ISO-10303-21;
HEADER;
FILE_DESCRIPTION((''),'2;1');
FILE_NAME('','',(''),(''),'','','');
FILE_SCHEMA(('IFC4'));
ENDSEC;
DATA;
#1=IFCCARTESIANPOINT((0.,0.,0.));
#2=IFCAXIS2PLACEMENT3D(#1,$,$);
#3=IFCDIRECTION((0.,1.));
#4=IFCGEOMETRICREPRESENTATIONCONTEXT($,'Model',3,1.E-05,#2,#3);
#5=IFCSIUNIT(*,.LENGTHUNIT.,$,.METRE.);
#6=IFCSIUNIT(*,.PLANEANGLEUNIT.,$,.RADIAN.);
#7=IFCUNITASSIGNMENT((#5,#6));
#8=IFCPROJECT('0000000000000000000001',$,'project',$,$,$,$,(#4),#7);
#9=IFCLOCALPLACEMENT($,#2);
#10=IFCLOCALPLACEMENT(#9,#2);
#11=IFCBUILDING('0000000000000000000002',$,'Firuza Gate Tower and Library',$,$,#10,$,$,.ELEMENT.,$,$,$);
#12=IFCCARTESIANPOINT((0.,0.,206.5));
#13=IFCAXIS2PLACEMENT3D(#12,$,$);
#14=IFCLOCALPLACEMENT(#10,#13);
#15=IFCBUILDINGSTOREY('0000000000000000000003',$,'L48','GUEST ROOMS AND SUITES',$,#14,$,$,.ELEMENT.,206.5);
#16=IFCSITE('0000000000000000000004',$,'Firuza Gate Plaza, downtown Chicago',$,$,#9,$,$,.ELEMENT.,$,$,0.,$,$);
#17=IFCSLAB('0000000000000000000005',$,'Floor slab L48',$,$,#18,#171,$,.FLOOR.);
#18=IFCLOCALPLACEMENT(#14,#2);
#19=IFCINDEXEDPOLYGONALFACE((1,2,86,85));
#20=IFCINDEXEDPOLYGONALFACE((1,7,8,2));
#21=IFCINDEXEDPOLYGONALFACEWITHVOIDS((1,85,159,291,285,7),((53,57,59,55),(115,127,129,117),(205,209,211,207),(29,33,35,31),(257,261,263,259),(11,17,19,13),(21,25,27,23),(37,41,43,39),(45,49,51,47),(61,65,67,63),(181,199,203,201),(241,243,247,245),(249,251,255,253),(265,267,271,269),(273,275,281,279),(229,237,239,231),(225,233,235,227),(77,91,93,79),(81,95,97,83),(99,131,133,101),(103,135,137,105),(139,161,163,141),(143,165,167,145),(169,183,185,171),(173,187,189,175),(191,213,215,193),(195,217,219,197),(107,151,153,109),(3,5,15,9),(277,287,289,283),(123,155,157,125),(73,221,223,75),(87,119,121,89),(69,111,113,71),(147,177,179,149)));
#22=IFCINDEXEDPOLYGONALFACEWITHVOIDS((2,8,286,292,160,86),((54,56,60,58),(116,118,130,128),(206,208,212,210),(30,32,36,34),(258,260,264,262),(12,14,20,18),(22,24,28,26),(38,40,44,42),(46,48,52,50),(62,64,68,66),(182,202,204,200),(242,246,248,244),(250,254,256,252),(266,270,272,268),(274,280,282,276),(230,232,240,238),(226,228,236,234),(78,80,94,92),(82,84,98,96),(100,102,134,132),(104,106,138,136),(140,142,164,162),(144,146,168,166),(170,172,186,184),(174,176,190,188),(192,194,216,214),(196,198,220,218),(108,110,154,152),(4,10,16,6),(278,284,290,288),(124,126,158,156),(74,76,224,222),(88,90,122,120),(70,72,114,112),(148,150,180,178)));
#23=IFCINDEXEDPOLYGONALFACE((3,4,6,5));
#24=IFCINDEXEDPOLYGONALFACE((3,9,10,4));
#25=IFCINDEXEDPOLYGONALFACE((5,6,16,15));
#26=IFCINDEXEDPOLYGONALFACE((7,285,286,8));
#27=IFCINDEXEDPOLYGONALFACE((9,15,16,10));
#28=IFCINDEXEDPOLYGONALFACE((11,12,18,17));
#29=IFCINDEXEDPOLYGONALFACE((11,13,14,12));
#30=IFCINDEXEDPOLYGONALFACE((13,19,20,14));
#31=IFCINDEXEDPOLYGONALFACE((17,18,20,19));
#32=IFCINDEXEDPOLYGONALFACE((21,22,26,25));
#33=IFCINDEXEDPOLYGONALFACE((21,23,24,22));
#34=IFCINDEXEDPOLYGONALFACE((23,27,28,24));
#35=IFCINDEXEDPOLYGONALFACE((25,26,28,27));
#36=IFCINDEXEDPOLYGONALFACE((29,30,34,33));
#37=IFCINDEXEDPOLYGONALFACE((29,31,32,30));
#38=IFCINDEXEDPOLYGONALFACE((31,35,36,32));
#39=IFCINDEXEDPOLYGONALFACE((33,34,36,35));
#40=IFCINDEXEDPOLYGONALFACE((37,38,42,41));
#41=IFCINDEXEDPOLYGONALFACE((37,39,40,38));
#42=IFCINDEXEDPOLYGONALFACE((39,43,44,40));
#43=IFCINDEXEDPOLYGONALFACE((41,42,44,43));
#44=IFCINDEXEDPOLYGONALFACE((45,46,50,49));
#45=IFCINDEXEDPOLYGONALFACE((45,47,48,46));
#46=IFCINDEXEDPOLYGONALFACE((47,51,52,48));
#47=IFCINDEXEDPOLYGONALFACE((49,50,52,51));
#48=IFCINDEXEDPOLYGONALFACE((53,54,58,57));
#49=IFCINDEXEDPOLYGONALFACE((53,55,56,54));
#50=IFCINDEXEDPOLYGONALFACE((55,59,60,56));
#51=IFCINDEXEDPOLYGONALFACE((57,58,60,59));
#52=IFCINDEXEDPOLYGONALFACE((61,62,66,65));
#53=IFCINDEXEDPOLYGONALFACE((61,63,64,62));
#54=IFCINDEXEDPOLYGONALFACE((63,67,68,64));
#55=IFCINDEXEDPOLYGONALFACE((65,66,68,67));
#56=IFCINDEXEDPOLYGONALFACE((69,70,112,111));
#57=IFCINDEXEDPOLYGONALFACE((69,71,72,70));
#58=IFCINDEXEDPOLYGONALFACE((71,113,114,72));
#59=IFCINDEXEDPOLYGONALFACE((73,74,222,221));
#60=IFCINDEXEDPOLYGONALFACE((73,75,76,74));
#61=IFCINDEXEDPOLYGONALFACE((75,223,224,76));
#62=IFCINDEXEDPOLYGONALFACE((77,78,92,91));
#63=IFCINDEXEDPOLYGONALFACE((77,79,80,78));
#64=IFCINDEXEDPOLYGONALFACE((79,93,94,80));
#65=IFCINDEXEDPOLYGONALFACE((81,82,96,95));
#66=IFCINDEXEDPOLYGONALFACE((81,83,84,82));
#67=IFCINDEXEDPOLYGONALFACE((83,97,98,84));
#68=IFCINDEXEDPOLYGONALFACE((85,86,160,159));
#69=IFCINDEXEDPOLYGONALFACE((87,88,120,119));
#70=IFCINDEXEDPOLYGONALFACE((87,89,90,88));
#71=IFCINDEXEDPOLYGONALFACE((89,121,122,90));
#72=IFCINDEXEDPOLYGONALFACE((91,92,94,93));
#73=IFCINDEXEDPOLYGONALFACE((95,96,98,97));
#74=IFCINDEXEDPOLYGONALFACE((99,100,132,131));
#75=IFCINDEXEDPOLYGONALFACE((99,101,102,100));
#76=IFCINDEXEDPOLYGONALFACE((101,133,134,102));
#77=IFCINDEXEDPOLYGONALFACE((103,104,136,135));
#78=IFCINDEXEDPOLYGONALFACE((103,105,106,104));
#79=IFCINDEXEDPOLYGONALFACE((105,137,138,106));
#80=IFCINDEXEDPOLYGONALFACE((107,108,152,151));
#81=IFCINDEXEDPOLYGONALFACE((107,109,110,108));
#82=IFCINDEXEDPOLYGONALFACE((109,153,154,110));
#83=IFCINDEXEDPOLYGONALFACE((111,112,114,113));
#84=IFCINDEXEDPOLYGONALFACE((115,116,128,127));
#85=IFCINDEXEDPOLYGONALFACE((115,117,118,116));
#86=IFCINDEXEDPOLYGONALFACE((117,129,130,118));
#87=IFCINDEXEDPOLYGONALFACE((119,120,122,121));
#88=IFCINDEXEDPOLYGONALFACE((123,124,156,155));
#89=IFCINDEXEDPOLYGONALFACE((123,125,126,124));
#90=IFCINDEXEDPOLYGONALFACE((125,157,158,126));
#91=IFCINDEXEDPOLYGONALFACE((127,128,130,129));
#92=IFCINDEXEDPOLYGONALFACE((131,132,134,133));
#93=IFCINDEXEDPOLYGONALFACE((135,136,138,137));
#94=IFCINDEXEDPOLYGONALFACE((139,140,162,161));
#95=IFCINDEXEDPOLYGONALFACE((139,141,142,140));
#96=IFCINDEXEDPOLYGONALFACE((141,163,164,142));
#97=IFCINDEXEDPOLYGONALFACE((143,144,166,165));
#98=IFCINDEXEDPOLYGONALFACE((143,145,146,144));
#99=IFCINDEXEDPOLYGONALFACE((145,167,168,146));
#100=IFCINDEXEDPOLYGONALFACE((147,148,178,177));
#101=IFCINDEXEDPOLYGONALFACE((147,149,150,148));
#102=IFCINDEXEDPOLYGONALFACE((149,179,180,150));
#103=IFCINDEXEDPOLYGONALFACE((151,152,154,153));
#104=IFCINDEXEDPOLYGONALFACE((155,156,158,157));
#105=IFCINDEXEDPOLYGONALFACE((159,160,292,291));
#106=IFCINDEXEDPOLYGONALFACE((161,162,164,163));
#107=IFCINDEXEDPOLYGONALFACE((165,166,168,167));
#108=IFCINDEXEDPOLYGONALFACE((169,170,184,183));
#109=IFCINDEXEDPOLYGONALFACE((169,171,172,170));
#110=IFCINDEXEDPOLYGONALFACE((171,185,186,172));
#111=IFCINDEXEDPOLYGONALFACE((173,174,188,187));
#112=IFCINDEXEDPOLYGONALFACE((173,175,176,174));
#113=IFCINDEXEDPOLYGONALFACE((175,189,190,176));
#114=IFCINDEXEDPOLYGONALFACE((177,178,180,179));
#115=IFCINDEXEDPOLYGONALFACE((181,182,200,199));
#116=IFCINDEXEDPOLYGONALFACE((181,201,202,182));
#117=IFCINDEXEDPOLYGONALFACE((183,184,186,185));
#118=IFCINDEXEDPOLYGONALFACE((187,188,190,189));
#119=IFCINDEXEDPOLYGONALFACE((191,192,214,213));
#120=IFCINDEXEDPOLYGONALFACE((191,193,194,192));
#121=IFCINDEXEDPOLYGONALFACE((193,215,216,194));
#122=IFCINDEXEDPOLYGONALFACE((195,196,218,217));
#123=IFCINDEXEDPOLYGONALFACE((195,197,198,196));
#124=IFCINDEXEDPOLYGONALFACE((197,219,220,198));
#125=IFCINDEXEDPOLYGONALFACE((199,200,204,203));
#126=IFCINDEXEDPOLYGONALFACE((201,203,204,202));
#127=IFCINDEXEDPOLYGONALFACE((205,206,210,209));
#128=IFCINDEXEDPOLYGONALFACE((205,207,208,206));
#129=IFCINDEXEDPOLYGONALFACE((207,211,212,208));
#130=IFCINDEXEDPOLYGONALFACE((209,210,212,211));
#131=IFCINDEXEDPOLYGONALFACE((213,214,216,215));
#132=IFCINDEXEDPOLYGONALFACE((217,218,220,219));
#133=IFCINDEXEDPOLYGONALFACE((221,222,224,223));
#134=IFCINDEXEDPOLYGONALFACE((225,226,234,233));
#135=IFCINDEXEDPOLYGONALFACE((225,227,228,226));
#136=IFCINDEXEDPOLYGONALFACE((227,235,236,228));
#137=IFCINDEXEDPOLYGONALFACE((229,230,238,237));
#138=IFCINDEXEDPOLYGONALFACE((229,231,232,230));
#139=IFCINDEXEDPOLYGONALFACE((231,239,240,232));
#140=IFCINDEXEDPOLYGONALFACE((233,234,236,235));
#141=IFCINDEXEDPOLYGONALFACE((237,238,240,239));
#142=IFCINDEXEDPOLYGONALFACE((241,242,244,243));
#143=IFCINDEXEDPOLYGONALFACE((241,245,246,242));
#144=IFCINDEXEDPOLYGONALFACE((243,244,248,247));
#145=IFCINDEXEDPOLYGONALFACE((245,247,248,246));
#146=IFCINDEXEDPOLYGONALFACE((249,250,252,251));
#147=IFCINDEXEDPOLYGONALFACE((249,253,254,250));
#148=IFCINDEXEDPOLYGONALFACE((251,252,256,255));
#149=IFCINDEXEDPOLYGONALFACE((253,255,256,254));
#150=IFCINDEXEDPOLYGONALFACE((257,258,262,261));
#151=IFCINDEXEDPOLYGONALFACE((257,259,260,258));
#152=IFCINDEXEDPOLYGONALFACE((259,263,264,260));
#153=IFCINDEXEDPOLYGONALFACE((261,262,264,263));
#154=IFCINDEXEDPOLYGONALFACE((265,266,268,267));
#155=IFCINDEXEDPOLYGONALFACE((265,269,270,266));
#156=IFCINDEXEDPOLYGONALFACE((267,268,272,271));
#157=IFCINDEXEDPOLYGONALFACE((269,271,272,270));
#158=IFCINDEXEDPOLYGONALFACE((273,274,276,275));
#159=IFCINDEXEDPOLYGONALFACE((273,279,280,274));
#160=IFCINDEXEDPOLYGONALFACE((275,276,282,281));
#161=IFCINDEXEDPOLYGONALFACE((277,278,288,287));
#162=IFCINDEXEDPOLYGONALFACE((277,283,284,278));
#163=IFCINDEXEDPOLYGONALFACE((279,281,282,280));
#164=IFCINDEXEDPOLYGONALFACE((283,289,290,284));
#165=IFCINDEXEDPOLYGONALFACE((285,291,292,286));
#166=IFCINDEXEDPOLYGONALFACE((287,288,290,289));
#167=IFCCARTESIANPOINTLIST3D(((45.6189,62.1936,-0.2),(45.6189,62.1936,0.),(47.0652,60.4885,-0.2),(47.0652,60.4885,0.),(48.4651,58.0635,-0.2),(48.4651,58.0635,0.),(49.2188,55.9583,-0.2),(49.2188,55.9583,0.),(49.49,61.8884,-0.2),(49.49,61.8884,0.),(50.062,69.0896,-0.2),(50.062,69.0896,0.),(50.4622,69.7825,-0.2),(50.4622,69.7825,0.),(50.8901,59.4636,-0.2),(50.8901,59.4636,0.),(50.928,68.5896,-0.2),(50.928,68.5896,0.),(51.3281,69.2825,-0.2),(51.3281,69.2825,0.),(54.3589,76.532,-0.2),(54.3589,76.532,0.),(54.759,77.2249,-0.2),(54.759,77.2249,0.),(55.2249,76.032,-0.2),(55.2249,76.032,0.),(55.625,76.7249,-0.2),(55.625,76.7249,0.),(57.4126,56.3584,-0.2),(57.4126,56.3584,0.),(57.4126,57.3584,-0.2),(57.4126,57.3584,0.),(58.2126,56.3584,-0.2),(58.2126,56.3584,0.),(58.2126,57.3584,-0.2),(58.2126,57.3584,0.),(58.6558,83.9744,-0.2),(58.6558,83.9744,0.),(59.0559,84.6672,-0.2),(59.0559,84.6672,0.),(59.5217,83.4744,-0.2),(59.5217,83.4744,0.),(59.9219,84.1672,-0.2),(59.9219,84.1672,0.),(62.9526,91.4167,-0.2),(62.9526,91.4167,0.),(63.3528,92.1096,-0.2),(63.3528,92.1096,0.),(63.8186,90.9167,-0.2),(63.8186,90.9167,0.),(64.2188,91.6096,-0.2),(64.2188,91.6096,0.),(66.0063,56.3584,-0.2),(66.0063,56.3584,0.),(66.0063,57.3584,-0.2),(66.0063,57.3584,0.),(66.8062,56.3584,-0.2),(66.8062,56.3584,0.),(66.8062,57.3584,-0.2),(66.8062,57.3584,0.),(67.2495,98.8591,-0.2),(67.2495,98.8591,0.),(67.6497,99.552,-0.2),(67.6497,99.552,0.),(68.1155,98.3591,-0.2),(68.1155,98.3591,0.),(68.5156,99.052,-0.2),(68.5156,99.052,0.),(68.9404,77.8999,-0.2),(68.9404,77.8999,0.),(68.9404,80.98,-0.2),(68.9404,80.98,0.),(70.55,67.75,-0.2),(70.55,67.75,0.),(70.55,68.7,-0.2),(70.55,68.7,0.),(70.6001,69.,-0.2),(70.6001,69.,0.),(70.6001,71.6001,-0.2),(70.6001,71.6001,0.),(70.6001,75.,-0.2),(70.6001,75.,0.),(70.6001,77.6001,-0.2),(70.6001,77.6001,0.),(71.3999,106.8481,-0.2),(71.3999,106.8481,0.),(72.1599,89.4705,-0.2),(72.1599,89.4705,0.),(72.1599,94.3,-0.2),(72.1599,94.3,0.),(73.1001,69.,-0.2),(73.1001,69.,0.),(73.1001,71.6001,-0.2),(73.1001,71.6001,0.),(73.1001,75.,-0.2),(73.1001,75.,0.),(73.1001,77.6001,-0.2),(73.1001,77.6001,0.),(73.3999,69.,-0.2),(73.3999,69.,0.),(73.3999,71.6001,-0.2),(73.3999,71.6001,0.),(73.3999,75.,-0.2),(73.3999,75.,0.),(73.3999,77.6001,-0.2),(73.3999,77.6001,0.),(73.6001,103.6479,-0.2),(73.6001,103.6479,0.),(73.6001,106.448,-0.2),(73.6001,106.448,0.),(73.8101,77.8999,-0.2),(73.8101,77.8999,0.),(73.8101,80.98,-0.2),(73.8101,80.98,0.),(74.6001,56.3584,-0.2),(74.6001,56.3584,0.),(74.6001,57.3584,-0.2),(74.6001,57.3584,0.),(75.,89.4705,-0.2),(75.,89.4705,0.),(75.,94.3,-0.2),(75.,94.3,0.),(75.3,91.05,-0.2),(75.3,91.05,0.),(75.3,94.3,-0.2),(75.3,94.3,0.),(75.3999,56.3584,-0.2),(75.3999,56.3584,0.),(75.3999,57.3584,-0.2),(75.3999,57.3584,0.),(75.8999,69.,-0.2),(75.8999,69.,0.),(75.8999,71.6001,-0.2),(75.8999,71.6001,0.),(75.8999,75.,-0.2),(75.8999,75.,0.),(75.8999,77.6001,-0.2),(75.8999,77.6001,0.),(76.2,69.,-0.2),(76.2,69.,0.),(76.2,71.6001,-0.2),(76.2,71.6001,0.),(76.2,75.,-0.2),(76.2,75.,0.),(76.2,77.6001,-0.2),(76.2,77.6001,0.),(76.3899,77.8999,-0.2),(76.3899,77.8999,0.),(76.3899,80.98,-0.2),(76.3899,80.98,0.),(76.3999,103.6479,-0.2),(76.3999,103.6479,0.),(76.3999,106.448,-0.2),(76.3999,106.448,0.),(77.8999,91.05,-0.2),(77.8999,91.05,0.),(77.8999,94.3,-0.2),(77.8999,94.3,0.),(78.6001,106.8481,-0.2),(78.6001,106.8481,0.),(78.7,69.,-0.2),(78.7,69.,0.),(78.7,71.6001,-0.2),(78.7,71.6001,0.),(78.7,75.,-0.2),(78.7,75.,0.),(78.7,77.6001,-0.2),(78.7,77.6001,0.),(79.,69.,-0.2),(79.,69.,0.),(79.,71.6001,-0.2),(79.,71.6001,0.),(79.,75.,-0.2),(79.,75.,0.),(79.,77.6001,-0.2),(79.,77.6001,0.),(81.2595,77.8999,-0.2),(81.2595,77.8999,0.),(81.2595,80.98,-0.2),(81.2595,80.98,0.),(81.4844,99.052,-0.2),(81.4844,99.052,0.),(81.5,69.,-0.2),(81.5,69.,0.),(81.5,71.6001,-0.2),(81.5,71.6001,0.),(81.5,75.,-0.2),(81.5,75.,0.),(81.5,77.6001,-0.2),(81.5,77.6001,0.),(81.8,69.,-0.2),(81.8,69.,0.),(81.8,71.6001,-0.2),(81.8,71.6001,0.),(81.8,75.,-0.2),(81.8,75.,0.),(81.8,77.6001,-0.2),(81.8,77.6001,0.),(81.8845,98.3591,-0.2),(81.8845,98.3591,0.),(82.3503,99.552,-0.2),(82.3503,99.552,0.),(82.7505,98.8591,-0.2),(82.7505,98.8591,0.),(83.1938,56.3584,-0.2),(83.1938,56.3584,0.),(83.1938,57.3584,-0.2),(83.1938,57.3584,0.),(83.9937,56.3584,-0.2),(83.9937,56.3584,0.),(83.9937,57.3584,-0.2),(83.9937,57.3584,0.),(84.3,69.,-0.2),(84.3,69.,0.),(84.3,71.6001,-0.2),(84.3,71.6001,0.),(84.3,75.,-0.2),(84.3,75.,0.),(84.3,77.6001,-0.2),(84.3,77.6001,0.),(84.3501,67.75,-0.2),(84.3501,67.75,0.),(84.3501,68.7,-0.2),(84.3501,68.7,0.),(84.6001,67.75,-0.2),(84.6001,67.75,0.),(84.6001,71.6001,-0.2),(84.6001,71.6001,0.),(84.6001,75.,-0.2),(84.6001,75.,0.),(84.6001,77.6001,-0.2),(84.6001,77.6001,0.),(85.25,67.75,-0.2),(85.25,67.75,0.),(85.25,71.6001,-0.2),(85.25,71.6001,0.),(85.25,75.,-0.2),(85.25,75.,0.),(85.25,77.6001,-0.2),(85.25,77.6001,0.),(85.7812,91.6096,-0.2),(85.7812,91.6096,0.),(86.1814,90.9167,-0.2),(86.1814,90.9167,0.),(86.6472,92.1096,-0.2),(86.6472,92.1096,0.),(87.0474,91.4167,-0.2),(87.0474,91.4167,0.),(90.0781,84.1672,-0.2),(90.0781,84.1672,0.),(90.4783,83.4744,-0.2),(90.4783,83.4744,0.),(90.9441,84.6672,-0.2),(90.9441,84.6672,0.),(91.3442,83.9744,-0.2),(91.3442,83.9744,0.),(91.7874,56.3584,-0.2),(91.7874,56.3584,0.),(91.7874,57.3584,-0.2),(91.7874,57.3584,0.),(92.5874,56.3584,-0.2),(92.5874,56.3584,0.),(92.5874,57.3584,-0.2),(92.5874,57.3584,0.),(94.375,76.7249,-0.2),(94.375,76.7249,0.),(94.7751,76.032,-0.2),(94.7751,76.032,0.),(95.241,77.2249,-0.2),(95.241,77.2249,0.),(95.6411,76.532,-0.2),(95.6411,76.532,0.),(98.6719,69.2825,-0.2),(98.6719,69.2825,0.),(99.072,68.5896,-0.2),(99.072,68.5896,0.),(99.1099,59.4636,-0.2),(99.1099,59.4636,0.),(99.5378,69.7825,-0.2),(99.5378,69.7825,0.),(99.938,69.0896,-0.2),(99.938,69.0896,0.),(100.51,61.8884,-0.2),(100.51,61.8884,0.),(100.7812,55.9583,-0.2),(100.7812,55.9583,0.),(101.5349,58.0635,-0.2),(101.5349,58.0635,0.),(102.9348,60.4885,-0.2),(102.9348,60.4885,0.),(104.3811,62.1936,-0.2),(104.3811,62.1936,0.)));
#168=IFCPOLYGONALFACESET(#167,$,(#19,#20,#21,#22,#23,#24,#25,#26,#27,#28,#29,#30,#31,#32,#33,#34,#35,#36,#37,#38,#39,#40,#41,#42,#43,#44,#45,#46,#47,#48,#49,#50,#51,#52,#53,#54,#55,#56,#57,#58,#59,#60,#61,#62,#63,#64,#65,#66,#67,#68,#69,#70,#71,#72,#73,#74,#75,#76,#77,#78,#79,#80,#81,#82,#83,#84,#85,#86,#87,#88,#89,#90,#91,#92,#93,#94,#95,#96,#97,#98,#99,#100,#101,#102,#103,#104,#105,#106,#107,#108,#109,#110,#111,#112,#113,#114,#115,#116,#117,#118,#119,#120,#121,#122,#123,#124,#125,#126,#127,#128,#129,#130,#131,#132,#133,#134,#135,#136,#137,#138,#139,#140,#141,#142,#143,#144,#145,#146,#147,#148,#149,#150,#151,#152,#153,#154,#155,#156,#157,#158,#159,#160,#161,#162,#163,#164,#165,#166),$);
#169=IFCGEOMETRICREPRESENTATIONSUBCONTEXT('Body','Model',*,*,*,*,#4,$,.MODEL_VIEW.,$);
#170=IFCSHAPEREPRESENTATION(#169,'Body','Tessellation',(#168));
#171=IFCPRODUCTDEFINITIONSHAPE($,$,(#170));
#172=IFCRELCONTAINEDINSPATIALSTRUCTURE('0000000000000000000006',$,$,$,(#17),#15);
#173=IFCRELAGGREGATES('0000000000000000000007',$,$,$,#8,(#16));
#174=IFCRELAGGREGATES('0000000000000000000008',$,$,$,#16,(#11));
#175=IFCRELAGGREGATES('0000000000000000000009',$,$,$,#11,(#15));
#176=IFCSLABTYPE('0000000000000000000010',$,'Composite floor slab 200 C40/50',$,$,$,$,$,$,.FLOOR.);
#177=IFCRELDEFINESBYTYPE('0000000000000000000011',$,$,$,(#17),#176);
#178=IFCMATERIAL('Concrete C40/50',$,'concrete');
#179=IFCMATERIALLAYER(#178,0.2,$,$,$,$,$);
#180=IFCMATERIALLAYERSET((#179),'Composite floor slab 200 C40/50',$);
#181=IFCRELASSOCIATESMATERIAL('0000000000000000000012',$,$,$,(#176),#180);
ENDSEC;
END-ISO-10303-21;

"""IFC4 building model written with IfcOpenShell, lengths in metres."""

from ifc_helpers import new_model, si_unit, direction, frame, origin, place, context, subcontext, project, spatial, polyline, outline, extrude, material, layer, layer_set, type_object, element, save


model = new_model("IFC4")

# Units and contexts
model_context = context("Model", 3, precision=1e-05, world=origin(), true_north=direction((0.0, 1.0)))
body_context = subcontext(model_context, "Body", "Model", "MODEL_VIEW")
ifc_project = project(units=[si_unit("LENGTHUNIT", "METRE"), si_unit("PLANEANGLEUNIT", "RADIAN")], contexts=[model_context])

# Site, building, storey
site_placement = place(None, origin())
site = spatial("IfcSite", under=ifc_project, at=site_placement, Name="Firuza Gate Plaza, downtown Chicago", CompositionType="ELEMENT", RefElevation=0.0)
building_placement = place(site_placement, origin())
building = spatial("IfcBuilding", under=site, at=building_placement, Name="Firuza Gate Tower and Library", CompositionType="ELEMENT")
storey_placement = place(building_placement, frame((0.0, 0.0, 206.5)))
storey = spatial("IfcBuildingStorey", under=building, at=storey_placement, Name="L48", Description="GUEST ROOMS AND SUITES", CompositionType="ELEMENT", Elevation=206.5)

# Slab
ifc_material_1 = material(Name="Concrete C40/50", Category="concrete")
ifc_layer_1 = layer(ifc_material_1, 0.2)
ifc_layer_set_1 = layer_set([ifc_layer_1], Name="Composite floor slab 200 C40/50")
slab_type_1 = type_object("IfcSlabType", Name="Composite floor slab 200 C40/50", PredefinedType="FLOOR", material=ifc_layer_set_1)
slab_1_placement = place(storey_placement, frame((0.0, 0.0, -0.2)))
element("IfcSlab", 1, at=slab_1_placement, inside=storey, type_object=slab_type_1, Name="Floor slab L48", PredefinedType="FLOOR", context=body_context, shape_type="SweptSolid", body=[
    extrude(outline(polyline([(45.6189, 62.1936), (49.2188, 55.9583), (100.7812, 55.9583), (104.3811, 62.1936), (78.6001, 106.8481), (71.3999, 106.8481), (45.6189, 62.1936)]), holes=[polyline([(57.4126, 56.3584), (57.4126, 57.3584), (58.2126, 57.3584), (58.2126, 56.3584), (57.4126, 56.3584)]), polyline([(74.6001, 56.3584), (74.6001, 57.3584), (75.3999, 57.3584), (75.3999, 56.3584), (74.6001, 56.3584)]), polyline([(66.0063, 56.3584), (66.0063, 57.3584), (66.8062, 57.3584), (66.8062, 56.3584), (66.0063, 56.3584)]), polyline([(47.0652, 60.4885), (49.49, 61.8884), (50.8901, 59.4636), (48.4651, 58.0635), (47.0652, 60.4885)]), polyline([(84.3501, 67.75), (70.55, 67.75), (70.55, 68.7), (84.3501, 68.7), (84.3501, 67.75)]), polyline([(50.4622, 69.7825), (51.3281, 69.2825), (50.928, 68.5896), (50.062, 69.0896), (50.4622, 69.7825)]), polyline([(73.1001, 69.0), (70.6001, 69.0), (70.6001, 71.6001), (73.1001, 71.6001), (73.1001, 69.0)]), polyline([(75.8999, 69.0), (73.3999, 69.0), (73.3999, 71.6001), (75.8999, 71.6001), (75.8999, 69.0)]), polyline([(73.1001, 75.0), (70.6001, 75.0), (70.6001, 77.6001), (73.1001, 77.6001), (73.1001, 75.0)]), polyline([(75.8999, 75.0), (73.3999, 75.0), (73.3999, 77.6001), (75.8999, 77.6001), (75.8999, 75.0)]), polyline([(54.759, 77.2249), (55.625, 76.7249), (55.2249, 76.032), (54.3589, 76.532), (54.759, 77.2249)]), polyline([(73.8101, 77.8999), (68.9404, 77.8999), (68.9404, 80.98), (73.8101, 80.98), (73.8101, 77.8999)]), polyline([(59.0559, 84.6672), (59.9219, 84.1672), (59.5217, 83.4744), (58.6558, 83.9744), (59.0559, 84.6672)]), polyline([(63.3528, 92.1096), (64.2188, 91.6096), (63.8186, 90.9167), (62.9526, 91.4167), (63.3528, 92.1096)]), polyline([(72.1599, 89.4705), (72.1599, 94.3), (75.0, 94.3), (75.0, 89.4705), (72.1599, 89.4705)]), polyline([(75.3, 91.05), (75.3, 94.3), (77.8999, 94.3), (77.8999, 91.05), (75.3, 91.05)]), polyline([(68.5156, 99.052), (68.1155, 98.3591), (67.2495, 98.8591), (67.6497, 99.552), (68.5156, 99.052)]), polyline([(76.3999, 106.448), (76.3999, 103.6479), (73.6001, 103.6479), (73.6001, 106.448), (76.3999, 106.448)]), polyline([(91.7874, 56.3584), (91.7874, 57.3584), (92.5874, 57.3584), (92.5874, 56.3584), (91.7874, 56.3584)]), polyline([(83.1938, 56.3584), (83.1938, 57.3584), (83.9937, 57.3584), (83.9937, 56.3584), (83.1938, 56.3584)]), polyline([(101.5349, 58.0635), (99.1099, 59.4636), (100.51, 61.8884), (102.9348, 60.4885), (101.5349, 58.0635)]), polyline([(99.938, 69.0896), (99.072, 68.5896), (98.6719, 69.2825), (99.5378, 69.7825), (99.938, 69.0896)]), polyline([(85.25, 67.75), (84.6001, 67.75), (84.6001, 71.6001), (85.25, 71.6001), (85.25, 67.75)]), polyline([(81.5, 69.0), (79.0, 69.0), (79.0, 71.6001), (81.5, 71.6001), (81.5, 69.0)]), polyline([(81.8, 69.0), (81.8, 71.6001), (84.3, 71.6001), (84.3, 69.0), (81.8, 69.0)]), polyline([(76.2, 69.0), (76.2, 71.6001), (78.7, 71.6001), (78.7, 69.0), (76.2, 69.0)]), polyline([(81.5, 75.0), (79.0, 75.0), (79.0, 77.6001), (81.5, 77.6001), (81.5, 75.0)]), polyline([(84.3, 75.0), (81.8, 75.0), (81.8, 77.6001), (84.3, 77.6001), (84.3, 75.0)]), polyline([(85.25, 75.0), (84.6001, 75.0), (84.6001, 77.6001), (85.25, 77.6001), (85.25, 75.0)]), polyline([(78.7, 75.0), (76.2, 75.0), (76.2, 77.6001), (78.7, 77.6001), (78.7, 75.0)]), polyline([(95.6411, 76.532), (94.7751, 76.032), (94.375, 76.7249), (95.241, 77.2249), (95.6411, 76.532)]), polyline([(81.2595, 77.8999), (76.3899, 77.8999), (76.3899, 80.98), (81.2595, 80.98), (81.2595, 77.8999)]), polyline([(91.3442, 83.9744), (90.4783, 83.4744), (90.0781, 84.1672), (90.9441, 84.6672), (91.3442, 83.9744)]), polyline([(86.1814, 90.9167), (85.7812, 91.6096), (86.6472, 92.1096), (87.0474, 91.4167), (86.1814, 90.9167)]), polyline([(81.8845, 98.3591), (81.4844, 99.052), (82.3503, 99.552), (82.7505, 98.8591), (81.8845, 98.3591)])]), origin(), (0.0, 0.0, 1.0), 0.2),
])

save(model, "model.ifc")
